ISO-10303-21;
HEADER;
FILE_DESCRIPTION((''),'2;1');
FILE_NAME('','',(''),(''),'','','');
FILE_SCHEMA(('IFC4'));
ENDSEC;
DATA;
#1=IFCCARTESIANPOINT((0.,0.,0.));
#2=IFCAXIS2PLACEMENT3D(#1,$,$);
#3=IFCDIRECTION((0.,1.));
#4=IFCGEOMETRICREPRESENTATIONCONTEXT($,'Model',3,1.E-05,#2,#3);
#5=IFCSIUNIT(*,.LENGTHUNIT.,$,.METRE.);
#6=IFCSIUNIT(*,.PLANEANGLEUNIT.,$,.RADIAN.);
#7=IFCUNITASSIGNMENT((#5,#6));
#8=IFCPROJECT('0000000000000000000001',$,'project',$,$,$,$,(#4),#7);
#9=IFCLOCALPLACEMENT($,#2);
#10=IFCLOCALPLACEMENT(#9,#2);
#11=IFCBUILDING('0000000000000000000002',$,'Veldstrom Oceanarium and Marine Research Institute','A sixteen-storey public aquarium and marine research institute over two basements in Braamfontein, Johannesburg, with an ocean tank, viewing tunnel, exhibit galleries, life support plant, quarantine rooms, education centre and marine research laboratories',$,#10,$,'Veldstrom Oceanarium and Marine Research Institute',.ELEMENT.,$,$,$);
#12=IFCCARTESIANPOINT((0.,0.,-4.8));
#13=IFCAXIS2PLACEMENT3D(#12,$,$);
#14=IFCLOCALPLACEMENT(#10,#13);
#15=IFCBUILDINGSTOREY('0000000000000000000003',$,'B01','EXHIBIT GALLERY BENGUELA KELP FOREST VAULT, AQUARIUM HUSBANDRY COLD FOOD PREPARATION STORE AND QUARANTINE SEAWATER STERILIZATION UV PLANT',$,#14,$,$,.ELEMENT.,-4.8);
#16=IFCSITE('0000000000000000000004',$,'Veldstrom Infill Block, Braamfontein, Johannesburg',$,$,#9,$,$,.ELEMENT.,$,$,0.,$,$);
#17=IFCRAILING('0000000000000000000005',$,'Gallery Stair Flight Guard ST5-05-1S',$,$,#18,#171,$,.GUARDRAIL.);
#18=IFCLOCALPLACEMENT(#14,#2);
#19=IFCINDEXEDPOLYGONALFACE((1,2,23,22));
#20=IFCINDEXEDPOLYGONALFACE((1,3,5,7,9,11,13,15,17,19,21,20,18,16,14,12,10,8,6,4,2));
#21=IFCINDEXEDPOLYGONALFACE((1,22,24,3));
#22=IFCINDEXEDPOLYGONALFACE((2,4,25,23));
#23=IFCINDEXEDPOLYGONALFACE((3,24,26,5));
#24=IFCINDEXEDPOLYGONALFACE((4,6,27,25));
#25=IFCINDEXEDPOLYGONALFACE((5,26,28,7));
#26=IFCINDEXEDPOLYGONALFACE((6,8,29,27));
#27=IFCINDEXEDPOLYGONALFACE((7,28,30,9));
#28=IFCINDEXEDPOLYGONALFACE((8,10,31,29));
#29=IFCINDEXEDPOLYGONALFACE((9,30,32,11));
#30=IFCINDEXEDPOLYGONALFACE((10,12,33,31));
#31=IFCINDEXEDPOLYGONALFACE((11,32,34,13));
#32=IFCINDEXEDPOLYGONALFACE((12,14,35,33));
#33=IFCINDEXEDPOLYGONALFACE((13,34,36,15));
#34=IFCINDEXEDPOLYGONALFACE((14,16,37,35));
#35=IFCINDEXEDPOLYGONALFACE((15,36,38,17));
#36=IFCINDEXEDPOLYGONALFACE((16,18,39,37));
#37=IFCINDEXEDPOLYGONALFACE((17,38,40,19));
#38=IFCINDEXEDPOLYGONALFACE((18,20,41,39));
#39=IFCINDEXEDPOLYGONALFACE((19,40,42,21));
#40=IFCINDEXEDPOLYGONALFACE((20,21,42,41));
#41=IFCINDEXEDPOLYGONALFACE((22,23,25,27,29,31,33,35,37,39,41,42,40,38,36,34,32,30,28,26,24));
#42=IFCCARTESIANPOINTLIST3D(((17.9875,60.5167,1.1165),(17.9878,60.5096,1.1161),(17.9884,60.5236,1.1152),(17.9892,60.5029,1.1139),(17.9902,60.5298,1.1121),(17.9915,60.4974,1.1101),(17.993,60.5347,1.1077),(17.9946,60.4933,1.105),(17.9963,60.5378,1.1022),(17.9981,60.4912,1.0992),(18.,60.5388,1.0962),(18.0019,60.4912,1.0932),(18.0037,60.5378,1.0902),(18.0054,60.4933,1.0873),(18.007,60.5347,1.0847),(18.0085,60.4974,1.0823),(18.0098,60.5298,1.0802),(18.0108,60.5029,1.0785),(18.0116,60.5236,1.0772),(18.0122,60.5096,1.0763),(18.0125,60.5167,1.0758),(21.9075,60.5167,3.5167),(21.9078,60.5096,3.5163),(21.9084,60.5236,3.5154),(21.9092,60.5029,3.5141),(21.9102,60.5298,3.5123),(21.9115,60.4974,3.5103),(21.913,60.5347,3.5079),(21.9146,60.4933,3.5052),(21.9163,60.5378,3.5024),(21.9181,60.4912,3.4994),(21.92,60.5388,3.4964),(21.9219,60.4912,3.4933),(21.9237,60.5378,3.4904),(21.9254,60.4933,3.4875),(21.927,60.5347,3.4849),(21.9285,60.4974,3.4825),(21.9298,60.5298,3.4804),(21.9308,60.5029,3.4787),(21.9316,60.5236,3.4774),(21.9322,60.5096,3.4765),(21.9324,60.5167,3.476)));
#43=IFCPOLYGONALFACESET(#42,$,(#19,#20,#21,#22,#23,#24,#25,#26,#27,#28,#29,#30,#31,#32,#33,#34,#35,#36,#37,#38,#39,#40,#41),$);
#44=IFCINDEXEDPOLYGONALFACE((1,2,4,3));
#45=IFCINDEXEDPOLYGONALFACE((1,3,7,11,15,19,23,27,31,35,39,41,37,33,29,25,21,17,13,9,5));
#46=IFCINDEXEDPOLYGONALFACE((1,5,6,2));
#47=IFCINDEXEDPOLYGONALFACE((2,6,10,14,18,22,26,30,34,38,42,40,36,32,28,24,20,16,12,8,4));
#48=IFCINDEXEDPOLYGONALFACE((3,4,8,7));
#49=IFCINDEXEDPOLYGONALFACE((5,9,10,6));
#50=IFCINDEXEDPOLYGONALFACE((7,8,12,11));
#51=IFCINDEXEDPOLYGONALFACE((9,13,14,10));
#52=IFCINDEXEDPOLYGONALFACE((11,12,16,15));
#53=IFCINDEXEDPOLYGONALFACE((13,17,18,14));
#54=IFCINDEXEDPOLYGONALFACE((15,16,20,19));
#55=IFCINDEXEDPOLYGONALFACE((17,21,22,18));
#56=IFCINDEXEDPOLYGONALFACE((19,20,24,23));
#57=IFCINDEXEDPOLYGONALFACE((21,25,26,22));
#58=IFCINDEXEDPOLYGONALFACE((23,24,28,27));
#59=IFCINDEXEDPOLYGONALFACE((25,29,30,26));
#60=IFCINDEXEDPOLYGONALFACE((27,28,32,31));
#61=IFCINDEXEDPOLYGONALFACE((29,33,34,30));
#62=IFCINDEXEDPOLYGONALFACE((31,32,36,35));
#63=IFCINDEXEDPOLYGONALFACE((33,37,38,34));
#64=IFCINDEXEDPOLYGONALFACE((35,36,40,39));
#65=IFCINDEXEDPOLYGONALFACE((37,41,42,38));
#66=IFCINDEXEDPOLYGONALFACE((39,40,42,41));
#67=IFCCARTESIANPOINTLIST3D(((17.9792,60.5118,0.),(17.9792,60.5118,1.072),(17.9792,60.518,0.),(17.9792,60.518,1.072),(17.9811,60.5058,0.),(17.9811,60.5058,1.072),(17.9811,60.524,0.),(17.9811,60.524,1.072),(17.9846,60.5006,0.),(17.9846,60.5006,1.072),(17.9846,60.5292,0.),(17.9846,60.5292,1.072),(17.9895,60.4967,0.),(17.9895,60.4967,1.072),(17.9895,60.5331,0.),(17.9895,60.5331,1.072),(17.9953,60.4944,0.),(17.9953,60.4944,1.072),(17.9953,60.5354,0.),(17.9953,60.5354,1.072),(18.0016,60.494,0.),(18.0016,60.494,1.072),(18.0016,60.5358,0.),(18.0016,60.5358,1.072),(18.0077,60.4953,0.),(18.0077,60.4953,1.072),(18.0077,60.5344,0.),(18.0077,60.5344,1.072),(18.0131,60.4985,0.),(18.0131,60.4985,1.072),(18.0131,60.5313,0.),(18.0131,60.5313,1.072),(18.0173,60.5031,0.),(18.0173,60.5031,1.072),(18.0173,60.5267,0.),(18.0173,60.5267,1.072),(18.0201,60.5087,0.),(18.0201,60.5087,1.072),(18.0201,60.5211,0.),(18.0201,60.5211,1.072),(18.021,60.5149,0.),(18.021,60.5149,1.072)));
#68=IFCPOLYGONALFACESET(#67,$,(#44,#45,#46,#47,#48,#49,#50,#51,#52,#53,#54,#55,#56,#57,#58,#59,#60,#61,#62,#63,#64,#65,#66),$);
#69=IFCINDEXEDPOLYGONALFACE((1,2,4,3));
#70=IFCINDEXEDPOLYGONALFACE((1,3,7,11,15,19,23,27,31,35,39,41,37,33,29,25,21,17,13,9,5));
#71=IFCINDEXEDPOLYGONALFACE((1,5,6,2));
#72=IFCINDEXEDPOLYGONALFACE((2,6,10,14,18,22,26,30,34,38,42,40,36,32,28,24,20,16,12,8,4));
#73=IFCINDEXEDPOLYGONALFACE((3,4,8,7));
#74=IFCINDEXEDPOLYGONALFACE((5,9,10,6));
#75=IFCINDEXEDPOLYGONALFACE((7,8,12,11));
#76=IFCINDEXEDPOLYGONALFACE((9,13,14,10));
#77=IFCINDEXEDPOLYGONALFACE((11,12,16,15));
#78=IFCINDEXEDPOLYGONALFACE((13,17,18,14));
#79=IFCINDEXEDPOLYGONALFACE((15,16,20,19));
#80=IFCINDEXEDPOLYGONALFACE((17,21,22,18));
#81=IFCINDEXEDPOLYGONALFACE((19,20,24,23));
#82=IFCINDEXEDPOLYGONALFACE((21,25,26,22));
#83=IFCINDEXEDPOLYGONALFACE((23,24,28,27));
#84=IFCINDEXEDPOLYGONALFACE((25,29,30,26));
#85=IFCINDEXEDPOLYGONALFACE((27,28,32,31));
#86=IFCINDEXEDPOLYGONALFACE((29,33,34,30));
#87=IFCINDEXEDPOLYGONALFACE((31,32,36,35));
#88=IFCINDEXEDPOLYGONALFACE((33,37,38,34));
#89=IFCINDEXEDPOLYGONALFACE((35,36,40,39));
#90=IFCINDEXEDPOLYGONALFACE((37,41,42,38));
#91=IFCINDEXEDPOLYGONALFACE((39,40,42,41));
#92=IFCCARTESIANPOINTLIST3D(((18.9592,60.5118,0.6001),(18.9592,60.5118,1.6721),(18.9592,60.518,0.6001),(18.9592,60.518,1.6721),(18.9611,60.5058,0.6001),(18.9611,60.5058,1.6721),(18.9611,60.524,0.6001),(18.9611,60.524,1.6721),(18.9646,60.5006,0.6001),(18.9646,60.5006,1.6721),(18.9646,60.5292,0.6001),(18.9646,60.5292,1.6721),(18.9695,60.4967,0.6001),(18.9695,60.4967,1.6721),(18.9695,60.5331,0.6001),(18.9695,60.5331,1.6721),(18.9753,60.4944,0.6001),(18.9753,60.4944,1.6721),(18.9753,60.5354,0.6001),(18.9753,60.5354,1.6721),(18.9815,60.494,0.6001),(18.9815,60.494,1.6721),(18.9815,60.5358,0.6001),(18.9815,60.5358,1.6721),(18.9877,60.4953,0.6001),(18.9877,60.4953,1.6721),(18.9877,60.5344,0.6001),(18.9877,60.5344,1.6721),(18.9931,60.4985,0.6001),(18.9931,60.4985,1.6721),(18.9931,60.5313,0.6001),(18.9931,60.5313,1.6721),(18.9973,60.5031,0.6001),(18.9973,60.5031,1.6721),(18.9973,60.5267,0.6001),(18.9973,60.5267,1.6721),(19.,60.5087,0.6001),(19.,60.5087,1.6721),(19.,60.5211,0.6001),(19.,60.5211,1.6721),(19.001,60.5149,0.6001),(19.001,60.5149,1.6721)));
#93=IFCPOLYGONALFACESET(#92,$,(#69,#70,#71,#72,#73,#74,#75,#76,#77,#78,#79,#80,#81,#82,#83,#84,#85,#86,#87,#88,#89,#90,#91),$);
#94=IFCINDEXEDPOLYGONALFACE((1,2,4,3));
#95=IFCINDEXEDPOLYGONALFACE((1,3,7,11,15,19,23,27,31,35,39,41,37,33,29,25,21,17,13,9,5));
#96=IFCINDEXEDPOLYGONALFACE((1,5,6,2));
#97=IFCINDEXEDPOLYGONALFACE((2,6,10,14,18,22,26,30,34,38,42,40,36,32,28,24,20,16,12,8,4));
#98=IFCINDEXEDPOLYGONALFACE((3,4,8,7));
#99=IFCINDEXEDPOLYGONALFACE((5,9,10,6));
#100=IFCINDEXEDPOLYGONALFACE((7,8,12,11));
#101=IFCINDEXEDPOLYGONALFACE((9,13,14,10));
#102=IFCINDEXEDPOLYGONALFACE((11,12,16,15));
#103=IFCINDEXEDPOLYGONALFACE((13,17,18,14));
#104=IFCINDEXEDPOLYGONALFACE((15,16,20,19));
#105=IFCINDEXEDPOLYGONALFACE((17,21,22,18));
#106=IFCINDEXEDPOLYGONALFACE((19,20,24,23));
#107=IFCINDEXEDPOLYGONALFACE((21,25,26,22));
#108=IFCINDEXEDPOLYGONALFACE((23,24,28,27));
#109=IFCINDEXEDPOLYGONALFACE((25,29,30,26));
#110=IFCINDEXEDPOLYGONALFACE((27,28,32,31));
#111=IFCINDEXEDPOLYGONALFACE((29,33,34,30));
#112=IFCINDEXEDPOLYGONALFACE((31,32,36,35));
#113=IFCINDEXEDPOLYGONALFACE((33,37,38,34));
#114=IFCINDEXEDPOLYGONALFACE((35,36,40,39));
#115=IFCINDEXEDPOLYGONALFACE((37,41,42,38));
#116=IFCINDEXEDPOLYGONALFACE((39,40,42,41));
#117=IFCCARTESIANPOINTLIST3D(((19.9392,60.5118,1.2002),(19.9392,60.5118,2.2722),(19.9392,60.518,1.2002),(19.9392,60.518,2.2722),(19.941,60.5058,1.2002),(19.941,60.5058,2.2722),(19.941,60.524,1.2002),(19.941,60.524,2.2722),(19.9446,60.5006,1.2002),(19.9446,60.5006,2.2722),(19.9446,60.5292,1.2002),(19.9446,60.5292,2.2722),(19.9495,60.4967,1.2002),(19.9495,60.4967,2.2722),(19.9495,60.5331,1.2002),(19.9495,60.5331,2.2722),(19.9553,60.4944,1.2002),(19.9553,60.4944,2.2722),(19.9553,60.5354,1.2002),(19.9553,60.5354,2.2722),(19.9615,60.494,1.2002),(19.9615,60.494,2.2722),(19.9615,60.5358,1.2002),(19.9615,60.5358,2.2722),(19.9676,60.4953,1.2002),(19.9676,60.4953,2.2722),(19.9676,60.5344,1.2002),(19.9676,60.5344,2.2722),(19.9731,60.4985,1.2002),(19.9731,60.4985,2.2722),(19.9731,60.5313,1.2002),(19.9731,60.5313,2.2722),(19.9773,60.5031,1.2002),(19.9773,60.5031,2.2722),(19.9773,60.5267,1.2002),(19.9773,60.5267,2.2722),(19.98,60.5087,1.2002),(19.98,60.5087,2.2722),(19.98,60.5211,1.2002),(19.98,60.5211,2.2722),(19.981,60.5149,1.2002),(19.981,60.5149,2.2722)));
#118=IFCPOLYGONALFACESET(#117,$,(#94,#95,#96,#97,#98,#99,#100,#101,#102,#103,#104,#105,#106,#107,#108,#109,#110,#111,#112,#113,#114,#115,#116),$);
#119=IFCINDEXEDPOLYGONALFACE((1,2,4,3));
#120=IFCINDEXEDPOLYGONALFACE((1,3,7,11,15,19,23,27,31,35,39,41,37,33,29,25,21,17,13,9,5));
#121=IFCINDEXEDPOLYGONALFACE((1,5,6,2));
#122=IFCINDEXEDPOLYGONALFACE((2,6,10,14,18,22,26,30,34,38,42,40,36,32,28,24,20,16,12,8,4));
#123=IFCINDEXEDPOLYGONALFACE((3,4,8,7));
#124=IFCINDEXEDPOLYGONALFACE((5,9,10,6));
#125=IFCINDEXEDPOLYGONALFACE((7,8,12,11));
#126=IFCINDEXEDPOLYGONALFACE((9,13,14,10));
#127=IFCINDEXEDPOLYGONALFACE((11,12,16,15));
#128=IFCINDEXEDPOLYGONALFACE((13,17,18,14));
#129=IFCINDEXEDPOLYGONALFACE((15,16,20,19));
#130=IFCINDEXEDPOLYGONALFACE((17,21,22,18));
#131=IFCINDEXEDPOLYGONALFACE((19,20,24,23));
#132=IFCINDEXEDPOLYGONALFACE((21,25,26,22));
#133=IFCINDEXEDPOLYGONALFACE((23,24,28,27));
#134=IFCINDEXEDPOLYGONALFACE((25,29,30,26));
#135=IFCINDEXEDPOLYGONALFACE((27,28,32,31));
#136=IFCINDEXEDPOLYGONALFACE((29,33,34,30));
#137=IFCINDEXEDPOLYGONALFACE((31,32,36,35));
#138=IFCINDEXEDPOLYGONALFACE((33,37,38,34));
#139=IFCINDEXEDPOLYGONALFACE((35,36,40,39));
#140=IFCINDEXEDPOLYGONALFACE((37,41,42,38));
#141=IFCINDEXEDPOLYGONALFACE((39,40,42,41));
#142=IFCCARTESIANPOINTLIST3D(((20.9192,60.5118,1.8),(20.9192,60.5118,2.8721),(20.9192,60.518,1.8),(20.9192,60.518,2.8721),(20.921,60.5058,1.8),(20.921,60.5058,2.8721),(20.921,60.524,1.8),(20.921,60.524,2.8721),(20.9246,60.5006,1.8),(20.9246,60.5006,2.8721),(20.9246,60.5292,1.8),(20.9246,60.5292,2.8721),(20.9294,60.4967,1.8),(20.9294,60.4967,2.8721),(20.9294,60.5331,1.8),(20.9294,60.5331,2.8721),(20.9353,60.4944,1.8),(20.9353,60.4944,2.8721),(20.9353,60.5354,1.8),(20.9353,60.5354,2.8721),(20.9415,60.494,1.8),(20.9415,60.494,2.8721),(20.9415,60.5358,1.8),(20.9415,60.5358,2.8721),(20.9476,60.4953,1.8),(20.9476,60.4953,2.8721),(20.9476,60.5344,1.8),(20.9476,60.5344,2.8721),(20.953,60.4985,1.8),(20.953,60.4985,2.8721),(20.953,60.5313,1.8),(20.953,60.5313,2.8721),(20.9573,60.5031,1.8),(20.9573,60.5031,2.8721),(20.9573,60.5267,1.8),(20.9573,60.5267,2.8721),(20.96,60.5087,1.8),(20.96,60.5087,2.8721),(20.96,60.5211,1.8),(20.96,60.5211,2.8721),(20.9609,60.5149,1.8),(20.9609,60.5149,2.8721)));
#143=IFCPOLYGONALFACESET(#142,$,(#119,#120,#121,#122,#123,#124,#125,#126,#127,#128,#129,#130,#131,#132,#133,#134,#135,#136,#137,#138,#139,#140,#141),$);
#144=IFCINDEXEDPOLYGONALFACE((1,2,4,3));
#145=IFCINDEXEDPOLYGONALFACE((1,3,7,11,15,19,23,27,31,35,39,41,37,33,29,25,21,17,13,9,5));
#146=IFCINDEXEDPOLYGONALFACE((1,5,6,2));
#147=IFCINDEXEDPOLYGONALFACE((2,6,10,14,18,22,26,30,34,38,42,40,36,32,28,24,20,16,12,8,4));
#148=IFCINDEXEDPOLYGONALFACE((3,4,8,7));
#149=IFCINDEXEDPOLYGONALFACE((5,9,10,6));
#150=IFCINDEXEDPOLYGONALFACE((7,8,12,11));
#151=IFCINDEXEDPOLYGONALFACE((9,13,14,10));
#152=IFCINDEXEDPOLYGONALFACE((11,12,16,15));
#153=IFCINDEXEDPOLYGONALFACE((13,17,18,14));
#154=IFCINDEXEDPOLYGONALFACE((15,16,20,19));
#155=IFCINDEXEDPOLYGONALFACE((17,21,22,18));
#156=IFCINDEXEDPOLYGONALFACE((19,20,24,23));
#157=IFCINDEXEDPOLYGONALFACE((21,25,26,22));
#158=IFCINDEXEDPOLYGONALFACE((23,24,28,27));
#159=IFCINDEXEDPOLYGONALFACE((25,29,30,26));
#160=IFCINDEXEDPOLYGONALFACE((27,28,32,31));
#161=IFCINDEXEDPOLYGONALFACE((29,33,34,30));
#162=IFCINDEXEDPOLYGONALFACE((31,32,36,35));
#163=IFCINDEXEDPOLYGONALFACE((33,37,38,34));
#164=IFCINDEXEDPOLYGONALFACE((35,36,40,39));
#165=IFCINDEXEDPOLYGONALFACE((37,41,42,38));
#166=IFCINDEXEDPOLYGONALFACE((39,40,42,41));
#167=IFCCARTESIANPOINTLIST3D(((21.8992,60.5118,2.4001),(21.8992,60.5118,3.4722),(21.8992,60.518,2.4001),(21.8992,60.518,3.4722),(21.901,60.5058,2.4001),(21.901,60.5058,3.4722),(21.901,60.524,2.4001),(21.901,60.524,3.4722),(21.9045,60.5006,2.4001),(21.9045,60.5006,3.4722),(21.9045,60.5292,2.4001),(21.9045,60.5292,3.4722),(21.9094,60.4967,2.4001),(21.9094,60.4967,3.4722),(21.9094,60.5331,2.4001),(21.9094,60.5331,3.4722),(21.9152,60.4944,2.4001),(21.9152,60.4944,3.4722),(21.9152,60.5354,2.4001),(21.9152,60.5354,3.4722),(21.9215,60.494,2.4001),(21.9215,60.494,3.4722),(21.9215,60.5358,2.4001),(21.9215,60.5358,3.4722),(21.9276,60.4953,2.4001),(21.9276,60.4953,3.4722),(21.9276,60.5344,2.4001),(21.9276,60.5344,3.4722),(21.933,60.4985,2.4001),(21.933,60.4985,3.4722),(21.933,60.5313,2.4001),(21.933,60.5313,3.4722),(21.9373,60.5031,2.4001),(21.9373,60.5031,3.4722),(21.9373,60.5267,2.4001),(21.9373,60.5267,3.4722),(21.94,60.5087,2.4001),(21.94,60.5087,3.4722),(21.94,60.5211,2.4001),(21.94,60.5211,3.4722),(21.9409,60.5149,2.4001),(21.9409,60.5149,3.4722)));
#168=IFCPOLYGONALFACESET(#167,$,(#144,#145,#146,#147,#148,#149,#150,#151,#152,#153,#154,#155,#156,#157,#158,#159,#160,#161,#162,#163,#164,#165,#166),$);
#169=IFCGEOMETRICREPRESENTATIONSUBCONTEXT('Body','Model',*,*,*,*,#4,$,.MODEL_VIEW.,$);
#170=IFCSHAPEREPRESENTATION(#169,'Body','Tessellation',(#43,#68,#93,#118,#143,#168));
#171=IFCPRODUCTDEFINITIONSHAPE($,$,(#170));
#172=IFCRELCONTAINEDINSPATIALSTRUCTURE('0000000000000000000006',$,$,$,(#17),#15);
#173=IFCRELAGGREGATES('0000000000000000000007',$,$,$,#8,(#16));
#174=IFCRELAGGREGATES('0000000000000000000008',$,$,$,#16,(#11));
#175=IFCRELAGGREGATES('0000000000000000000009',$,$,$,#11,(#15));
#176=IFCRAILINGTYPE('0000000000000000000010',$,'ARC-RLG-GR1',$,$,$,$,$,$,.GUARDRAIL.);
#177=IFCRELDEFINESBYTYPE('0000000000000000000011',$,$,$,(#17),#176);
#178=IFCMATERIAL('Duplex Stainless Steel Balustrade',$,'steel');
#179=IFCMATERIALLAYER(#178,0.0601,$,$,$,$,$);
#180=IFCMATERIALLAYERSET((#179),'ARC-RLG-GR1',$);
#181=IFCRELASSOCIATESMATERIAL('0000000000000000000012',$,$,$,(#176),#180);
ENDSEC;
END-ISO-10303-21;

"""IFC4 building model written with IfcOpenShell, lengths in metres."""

from ifc_helpers import new_model, si_unit, direction, frame, origin, origin_2d, place, context, subcontext, project, spatial, circle, extrude, material, layer, layer_set, type_object, element, save


model = new_model("IFC4")

# Units and contexts
model_context = context("Model", 3, precision=1e-05, world=origin(), true_north=direction((0.0, 1.0)))
body_context = subcontext(model_context, "Body", "Model", "MODEL_VIEW")
ifc_project = project(units=[si_unit("LENGTHUNIT", "METRE"), si_unit("PLANEANGLEUNIT", "RADIAN")], contexts=[model_context])

# Site, building, storey
site_placement = place(None, origin())
site = spatial("IfcSite", under=ifc_project, at=site_placement, Name="Veldstrom Infill Block, Braamfontein, Johannesburg", CompositionType="ELEMENT", RefElevation=0.0)
building_placement = place(site_placement, origin())
building = spatial("IfcBuilding", under=site, at=building_placement, Name="Veldstrom Oceanarium and Marine Research Institute", Description="A sixteen-storey public aquarium and marine research institute over two basements in Braamfontein, Johannesburg, with an ocean tank, viewing tunnel, exhibit galleries, life support plant, quarantine rooms, education centre and marine research laboratories", LongName="Veldstrom Oceanarium and Marine Research Institute", CompositionType="ELEMENT")
storey_placement = place(building_placement, frame((0.0, 0.0, -4.8)))
storey = spatial("IfcBuildingStorey", under=building, at=storey_placement, Name="B01", Description="EXHIBIT GALLERY BENGUELA KELP FOREST VAULT, AQUARIUM HUSBANDRY COLD FOOD PREPARATION STORE AND QUARANTINE SEAWATER STERILIZATION UV PLANT", CompositionType="ELEMENT", Elevation=-4.8)

# Railing
ifc_material_1 = material(Name="Duplex Stainless Steel Balustrade", Category="steel")
ifc_layer_1 = layer(ifc_material_1, 0.0601)
ifc_layer_set_1 = layer_set([ifc_layer_1], Name="ARC-RLG-GR1")
railing_type = type_object("IfcRailingType", Name="ARC-RLG-GR1", PredefinedType="GUARDRAIL", material=ifc_layer_set_1)
railing_1_placement = place(storey_placement, frame((18.0, 60.5149, 0.0)))
element("IfcRailing", 1, at=railing_1_placement, inside=storey, type_object=railing_type, Name="Gallery Stair Flight Guard ST5-05-1S", PredefinedType="GUARDRAIL", context=body_context, shape_type="SweptSolid", body=[
    extrude(circle(Radius=0.0239, at=origin_2d()), frame((0.0, 0.0, 1.0962), z_axis=(0.852832, 0.0, 0.522185), x_axis=(0.0, 1.0, 0.0)), (0.0, 0.0, 1.0), 4.5964),
    extrude(circle(Radius=0.021, at=origin_2d()), origin(), (0.0, 0.0, 1.0), 1.072),
    extrude(circle(Radius=0.021, at=origin_2d()), frame((0.98, 0.0, 0.6001)), (0.0, 0.0, 1.0), 1.072),
    extrude(circle(Radius=0.021, at=origin_2d()), frame((1.96, 0.0, 1.2002)), (0.0, 0.0, 1.0), 1.072),
    extrude(circle(Radius=0.021, at=origin_2d()), frame((2.9399, 0.0, 1.8)), (0.0, 0.0, 1.0), 1.072),
    extrude(circle(Radius=0.021, at=origin_2d()), frame((3.9199, 0.0, 2.4001)), (0.0, 0.0, 1.0), 1.072),
])

save(model, "model.ifc")
